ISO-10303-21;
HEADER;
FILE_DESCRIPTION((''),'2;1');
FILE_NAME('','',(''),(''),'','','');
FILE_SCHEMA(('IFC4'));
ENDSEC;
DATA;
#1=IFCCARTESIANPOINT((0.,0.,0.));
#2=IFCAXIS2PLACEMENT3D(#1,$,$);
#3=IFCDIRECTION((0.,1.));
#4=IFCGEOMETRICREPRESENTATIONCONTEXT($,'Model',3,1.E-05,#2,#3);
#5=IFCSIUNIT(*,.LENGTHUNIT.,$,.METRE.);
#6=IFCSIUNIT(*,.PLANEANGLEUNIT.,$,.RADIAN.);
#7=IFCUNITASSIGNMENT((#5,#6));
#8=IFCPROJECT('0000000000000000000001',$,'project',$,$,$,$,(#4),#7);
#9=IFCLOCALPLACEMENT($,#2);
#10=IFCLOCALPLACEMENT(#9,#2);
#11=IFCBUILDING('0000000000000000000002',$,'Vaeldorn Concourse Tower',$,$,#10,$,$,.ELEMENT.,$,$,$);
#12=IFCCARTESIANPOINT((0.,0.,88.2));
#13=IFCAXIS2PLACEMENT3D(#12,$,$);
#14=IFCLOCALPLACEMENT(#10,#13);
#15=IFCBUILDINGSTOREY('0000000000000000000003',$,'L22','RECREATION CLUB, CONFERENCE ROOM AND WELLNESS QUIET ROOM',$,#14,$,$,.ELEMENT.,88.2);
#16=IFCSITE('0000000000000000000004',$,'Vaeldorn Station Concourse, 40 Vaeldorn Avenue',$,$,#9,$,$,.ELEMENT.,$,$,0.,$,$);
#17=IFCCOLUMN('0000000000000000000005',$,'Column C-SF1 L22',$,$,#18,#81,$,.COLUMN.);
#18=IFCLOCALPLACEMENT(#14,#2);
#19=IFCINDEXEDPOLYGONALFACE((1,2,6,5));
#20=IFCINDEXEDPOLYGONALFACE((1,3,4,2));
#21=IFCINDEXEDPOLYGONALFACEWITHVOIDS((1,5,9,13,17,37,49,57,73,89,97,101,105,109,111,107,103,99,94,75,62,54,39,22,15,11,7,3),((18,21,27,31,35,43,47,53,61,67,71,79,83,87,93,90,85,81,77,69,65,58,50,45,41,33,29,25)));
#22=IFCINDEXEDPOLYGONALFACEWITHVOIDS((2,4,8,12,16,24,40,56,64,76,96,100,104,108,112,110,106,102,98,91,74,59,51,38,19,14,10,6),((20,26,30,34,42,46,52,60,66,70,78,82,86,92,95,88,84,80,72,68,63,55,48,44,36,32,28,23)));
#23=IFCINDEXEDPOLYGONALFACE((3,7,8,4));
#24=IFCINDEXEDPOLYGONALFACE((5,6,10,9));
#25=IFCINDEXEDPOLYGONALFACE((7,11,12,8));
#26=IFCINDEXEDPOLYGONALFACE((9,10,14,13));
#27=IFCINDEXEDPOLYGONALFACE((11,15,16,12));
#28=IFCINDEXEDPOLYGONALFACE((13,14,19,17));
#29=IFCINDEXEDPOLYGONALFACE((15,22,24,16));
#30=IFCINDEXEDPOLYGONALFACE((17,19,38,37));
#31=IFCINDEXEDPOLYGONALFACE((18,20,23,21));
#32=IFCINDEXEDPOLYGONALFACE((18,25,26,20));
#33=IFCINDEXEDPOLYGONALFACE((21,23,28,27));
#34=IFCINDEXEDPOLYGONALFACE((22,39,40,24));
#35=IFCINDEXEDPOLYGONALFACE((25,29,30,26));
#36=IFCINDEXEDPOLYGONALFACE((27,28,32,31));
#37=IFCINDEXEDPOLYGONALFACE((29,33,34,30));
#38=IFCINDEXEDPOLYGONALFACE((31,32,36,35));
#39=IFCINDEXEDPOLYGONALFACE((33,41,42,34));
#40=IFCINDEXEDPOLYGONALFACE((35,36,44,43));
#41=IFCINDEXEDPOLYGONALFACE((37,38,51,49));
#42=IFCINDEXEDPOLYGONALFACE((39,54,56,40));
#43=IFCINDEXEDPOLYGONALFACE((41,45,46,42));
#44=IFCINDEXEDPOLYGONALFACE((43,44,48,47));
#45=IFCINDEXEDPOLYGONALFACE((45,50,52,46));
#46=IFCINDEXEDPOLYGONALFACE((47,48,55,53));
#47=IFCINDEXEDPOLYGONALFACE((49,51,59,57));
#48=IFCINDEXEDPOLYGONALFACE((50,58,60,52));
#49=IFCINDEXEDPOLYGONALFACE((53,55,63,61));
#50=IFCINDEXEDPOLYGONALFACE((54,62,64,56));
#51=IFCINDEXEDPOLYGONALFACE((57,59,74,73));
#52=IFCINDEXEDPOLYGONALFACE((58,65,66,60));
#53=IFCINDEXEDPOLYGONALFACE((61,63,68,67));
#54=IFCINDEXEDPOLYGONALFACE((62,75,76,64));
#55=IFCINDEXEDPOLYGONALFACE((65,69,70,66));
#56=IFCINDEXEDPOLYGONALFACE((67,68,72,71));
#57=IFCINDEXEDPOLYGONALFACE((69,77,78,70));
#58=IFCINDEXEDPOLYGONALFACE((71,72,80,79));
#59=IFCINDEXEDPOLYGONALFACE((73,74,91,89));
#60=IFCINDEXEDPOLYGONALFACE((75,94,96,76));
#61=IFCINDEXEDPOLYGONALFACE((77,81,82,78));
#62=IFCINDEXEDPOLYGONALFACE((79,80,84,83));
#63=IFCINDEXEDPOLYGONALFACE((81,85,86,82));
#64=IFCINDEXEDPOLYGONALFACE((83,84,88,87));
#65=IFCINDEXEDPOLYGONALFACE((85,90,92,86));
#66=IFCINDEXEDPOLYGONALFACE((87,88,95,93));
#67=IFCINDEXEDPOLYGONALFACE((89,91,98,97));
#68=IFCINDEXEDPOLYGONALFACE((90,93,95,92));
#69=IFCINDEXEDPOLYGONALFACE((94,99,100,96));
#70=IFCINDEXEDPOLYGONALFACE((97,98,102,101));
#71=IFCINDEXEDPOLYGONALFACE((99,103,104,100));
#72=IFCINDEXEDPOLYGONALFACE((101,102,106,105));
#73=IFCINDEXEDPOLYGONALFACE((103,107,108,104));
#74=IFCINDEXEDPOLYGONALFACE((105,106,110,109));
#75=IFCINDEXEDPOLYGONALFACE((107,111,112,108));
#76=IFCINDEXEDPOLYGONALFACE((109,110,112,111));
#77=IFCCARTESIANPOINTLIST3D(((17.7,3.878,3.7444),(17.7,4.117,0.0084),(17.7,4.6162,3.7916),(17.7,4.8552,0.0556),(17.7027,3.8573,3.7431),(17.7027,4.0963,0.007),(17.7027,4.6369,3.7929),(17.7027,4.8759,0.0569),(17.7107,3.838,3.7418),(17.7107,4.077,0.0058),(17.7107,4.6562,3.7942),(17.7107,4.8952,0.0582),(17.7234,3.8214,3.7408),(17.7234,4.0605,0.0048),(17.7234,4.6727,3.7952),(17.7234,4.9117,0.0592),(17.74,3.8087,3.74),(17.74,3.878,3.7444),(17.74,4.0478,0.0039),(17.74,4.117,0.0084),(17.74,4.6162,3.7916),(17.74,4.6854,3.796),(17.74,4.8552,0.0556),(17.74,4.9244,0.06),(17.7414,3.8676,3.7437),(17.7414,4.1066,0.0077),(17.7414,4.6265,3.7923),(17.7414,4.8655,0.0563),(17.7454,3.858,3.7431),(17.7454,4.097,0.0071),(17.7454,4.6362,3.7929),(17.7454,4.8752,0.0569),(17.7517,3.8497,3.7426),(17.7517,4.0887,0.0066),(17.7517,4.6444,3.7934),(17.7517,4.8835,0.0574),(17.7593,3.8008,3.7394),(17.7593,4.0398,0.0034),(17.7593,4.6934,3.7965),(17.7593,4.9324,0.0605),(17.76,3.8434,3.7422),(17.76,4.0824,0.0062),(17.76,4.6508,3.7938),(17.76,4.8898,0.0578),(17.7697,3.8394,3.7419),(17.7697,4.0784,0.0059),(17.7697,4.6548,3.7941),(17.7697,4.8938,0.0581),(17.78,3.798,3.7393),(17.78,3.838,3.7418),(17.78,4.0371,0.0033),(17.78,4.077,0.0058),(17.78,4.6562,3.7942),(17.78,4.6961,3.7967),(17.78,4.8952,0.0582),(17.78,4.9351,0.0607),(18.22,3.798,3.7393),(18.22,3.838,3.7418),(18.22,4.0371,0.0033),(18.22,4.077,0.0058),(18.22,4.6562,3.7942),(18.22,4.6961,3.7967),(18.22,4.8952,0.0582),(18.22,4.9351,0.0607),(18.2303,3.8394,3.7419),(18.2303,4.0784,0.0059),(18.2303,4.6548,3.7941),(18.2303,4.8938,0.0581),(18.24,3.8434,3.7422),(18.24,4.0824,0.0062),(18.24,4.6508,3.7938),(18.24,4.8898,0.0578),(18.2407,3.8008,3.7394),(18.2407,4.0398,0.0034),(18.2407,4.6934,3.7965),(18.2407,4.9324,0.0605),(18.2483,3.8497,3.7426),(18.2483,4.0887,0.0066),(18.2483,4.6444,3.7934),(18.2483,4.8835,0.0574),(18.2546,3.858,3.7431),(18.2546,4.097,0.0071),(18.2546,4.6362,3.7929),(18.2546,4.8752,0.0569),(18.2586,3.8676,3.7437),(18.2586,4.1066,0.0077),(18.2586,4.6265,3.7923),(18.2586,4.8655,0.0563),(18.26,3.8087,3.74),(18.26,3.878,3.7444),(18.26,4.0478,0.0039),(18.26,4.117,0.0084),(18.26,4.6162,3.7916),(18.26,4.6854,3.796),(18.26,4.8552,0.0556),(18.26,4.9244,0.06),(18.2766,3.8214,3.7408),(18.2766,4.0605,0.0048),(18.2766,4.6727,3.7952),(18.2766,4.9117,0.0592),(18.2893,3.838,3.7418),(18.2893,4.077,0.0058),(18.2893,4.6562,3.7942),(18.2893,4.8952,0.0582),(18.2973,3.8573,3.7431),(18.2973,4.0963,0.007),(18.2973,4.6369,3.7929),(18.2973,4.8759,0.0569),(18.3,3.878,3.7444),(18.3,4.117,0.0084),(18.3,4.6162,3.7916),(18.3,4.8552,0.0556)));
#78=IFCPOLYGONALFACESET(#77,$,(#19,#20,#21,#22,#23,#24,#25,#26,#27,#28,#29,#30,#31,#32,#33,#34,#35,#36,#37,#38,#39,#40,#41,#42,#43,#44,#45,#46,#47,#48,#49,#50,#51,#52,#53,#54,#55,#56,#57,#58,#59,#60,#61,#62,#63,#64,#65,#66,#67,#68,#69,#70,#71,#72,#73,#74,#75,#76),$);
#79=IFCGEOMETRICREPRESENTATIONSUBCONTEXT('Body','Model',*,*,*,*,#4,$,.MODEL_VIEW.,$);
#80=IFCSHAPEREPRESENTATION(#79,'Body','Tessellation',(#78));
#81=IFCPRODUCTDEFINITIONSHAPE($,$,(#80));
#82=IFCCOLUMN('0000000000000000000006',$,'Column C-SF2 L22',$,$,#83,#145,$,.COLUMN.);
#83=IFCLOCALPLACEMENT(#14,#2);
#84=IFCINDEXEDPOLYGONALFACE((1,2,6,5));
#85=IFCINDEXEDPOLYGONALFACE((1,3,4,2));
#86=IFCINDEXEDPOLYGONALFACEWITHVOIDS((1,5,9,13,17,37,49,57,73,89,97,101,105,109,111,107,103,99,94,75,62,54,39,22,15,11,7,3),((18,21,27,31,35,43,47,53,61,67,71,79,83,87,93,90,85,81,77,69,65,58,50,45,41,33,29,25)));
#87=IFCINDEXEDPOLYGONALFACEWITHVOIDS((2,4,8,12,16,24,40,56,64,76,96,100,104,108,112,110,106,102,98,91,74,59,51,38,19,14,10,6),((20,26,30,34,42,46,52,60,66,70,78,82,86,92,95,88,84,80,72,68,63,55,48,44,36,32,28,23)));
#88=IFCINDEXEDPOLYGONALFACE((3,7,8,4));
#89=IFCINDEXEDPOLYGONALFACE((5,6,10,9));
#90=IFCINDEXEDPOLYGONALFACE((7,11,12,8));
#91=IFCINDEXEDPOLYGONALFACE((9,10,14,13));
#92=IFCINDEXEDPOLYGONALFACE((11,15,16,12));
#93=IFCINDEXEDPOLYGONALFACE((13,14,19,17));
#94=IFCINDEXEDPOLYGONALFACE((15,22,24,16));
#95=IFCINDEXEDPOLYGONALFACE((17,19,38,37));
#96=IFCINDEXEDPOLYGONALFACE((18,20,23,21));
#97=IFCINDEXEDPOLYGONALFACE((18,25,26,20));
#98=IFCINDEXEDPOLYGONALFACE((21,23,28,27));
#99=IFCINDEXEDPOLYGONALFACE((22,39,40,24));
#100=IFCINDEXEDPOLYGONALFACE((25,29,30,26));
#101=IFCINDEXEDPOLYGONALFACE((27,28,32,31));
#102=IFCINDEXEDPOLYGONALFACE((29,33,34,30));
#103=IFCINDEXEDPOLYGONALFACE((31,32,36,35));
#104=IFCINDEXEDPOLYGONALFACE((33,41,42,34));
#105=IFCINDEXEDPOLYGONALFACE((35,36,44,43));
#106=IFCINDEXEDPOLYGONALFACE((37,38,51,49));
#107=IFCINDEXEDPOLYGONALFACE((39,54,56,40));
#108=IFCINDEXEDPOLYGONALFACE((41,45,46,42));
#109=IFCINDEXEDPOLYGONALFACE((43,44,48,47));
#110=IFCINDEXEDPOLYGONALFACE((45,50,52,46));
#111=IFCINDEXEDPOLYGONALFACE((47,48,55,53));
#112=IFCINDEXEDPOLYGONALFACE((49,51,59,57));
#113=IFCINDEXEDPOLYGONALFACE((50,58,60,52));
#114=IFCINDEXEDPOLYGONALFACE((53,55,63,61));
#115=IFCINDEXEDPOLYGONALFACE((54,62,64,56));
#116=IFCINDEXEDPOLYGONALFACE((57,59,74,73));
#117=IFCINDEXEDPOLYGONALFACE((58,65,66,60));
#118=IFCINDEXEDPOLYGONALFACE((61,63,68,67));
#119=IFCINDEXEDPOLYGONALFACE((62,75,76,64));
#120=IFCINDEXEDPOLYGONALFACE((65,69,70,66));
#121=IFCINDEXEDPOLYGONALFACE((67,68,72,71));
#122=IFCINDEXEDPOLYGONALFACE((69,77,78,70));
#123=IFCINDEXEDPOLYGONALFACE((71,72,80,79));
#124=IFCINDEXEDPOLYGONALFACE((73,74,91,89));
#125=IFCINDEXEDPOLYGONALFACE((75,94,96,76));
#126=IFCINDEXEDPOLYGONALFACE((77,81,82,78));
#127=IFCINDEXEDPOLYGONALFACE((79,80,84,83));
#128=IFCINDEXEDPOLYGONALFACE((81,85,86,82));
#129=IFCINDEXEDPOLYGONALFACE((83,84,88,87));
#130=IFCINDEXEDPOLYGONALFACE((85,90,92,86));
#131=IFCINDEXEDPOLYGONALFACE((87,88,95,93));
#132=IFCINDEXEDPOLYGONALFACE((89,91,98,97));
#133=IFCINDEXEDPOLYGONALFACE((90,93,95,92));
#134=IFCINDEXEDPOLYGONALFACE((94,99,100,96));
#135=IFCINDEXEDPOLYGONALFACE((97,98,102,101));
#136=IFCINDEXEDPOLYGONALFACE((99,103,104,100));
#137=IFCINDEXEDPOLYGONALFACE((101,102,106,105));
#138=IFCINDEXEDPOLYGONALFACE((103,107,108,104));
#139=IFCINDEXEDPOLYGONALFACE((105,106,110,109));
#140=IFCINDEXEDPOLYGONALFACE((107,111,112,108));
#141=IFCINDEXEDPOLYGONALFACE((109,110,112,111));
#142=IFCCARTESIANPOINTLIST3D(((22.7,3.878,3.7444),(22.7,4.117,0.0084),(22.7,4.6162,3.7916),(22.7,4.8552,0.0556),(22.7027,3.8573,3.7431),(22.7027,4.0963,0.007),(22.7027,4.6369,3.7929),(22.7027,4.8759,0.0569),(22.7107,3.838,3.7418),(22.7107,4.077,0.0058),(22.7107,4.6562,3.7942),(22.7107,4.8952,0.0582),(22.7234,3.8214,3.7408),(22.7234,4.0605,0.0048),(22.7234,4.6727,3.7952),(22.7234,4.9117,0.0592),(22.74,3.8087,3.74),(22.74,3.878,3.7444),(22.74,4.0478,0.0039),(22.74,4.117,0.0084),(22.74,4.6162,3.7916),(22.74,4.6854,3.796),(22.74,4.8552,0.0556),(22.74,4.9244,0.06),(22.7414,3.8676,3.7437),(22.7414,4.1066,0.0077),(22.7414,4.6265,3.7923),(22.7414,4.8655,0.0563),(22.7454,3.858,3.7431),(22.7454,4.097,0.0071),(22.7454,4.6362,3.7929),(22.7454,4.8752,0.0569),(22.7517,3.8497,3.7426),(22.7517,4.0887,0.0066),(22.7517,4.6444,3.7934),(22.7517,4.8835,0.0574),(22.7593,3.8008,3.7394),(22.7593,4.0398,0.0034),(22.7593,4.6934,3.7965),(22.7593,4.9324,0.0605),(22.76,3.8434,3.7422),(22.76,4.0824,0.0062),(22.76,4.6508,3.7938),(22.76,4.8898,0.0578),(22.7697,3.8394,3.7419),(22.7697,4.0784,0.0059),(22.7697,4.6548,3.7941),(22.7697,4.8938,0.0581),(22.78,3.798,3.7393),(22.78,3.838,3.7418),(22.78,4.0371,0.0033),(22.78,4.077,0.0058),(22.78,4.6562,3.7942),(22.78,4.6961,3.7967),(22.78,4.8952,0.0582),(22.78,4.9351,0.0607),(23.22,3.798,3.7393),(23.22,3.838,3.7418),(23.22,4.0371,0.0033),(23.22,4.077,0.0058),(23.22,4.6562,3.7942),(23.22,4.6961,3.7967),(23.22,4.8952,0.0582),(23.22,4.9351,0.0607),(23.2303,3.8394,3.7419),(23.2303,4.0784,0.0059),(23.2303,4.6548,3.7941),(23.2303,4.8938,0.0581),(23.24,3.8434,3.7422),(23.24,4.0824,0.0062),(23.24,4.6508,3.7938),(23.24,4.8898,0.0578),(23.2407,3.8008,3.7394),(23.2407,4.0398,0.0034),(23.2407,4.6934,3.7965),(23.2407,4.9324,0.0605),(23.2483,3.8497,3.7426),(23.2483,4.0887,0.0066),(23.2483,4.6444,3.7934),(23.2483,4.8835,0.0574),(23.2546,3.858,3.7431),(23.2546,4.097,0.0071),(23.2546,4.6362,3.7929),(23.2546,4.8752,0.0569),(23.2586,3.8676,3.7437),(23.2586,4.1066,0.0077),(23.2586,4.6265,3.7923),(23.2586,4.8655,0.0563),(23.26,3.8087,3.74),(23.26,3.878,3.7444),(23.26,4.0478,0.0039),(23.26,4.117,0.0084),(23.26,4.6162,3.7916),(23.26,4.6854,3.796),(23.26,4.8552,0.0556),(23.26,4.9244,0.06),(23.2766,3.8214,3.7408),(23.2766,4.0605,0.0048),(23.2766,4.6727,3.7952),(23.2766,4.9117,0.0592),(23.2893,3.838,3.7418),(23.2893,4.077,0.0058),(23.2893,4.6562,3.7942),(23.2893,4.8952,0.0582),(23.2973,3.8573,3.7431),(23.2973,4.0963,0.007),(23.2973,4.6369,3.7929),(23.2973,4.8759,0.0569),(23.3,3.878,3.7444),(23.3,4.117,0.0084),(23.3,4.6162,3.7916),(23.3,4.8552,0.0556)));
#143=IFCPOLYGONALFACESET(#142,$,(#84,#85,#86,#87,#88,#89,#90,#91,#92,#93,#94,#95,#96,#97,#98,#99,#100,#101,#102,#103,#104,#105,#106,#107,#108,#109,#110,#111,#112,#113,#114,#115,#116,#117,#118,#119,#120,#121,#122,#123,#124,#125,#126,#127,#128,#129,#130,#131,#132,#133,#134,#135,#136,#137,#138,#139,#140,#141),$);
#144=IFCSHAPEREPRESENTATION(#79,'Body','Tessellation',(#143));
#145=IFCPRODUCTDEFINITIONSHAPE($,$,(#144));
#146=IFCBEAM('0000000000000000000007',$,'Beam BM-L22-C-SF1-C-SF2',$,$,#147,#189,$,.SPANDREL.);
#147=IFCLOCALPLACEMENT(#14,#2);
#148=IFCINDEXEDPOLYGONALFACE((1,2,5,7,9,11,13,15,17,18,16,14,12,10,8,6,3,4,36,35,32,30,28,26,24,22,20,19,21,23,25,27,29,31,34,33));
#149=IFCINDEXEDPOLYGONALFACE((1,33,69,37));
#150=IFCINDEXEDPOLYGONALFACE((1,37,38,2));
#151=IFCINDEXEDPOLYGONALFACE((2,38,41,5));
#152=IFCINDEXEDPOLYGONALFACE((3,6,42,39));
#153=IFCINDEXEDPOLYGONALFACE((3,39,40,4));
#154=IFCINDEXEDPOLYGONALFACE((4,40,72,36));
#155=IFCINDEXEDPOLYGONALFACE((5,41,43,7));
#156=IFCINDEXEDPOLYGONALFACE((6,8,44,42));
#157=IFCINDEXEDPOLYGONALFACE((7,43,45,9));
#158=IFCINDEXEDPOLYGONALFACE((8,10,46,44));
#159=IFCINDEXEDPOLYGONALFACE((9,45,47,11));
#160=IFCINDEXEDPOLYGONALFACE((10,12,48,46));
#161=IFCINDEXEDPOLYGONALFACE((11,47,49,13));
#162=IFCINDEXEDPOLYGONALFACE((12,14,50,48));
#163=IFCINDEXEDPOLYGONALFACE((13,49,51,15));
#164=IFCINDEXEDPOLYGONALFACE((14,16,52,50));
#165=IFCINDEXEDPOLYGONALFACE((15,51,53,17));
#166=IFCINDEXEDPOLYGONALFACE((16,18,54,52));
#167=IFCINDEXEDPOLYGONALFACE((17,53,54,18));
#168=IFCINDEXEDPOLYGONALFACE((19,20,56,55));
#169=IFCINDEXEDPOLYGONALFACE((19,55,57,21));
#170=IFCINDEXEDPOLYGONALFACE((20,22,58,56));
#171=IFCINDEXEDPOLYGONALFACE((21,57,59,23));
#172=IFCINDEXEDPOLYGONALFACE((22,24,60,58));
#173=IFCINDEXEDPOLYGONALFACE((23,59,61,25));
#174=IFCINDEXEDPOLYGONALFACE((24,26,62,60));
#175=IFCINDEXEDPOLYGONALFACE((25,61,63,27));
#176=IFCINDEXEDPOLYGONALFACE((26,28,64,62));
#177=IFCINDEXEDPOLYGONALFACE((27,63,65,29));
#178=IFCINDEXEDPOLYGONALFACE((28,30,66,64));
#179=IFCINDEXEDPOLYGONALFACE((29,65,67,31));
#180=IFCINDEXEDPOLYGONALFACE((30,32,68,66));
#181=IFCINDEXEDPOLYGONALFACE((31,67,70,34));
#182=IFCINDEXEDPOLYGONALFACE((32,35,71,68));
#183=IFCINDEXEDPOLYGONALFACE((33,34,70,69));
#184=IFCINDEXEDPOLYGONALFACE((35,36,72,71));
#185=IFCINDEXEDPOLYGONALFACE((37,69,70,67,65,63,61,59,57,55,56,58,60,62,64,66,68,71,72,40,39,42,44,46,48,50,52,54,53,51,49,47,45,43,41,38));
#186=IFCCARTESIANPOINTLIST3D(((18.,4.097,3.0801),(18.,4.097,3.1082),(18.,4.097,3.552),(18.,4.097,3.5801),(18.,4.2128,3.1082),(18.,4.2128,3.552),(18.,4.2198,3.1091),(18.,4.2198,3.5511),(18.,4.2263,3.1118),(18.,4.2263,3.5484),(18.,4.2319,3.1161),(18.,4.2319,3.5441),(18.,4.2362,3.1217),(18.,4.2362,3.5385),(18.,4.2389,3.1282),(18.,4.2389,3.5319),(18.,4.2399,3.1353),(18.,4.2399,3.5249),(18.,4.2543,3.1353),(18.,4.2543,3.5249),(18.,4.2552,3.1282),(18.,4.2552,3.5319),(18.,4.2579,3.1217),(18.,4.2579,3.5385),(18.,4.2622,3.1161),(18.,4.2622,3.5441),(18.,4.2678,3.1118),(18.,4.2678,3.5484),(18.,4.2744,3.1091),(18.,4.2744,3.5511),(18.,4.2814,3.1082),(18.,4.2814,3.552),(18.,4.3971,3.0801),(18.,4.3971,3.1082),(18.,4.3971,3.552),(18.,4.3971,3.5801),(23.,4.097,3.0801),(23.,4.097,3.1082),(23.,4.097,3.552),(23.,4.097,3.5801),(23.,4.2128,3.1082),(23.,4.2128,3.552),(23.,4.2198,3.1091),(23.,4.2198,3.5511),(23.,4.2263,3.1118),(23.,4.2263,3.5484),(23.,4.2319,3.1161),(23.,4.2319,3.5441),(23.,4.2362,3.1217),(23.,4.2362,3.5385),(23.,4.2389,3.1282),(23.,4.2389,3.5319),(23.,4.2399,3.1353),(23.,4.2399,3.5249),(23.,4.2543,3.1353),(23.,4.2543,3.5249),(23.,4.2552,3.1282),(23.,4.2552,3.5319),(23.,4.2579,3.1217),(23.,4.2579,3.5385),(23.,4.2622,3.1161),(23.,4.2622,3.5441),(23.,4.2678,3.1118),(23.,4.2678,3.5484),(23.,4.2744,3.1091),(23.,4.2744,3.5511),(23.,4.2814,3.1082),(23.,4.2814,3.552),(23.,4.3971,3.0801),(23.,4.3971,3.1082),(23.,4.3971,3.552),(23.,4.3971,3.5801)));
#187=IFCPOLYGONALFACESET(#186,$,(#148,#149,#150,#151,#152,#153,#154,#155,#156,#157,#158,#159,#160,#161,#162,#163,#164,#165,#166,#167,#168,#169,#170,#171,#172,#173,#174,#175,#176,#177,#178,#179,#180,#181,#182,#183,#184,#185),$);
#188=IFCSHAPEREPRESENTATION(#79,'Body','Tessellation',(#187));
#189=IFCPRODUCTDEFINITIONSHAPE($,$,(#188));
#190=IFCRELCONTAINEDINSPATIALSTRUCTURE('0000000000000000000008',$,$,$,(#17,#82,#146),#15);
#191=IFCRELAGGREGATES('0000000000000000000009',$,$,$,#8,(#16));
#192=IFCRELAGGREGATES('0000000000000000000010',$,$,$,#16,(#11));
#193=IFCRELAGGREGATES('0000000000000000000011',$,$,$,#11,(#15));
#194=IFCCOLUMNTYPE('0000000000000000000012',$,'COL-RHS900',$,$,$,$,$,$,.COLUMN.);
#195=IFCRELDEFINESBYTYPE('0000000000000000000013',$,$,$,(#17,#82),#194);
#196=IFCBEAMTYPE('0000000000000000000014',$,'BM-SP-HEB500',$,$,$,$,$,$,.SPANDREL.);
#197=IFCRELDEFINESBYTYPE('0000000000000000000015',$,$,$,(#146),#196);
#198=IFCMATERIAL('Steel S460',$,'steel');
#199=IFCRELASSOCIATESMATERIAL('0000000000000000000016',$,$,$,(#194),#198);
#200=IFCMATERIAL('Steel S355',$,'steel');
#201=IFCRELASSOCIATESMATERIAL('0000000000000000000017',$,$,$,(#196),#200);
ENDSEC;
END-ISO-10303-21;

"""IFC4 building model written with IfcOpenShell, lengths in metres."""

from ifc_helpers import new_model, si_unit, direction, frame, origin, origin_2d, place, context, subcontext, project, spatial, hollow_rectangle, i_section, extrude, source, transform, mapped, material, material_profile, profile_set, type_object, element, save


model = new_model("IFC4")

# Units and contexts
model_context = context("Model", 3, precision=1e-05, world=origin(), true_north=direction((0.0, 1.0)))
body_context = subcontext(model_context, "Body", "Model", "MODEL_VIEW")
ifc_project = project(units=[si_unit("LENGTHUNIT", "METRE"), si_unit("PLANEANGLEUNIT", "RADIAN")], contexts=[model_context])

# Site, building, storey
site_placement = place(None, origin())
site = spatial("IfcSite", under=ifc_project, at=site_placement, Name="Vaeldorn Station Concourse, 40 Vaeldorn Avenue", CompositionType="ELEMENT", RefElevation=0.0)
building_placement = place(site_placement, origin())
building = spatial("IfcBuilding", under=site, at=building_placement, Name="Vaeldorn Concourse Tower", CompositionType="ELEMENT")
storey_placement = place(building_placement, frame((0.0, 0.0, 88.2)))
storey = spatial("IfcBuildingStorey", under=building, at=storey_placement, Name="L22", Description="RECREATION CLUB, CONFERENCE ROOM AND WELLNESS QUIET ROOM", CompositionType="ELEMENT", Elevation=88.2)

# Columns
ifc_material_1 = material(Name="Steel S460", Category="steel")
ifc_material_profile_1 = material_profile(ifc_material_1, hollow_rectangle(XDim=0.6001, YDim=0.8999, WallThickness=0.04, InnerFilletRadius=0.04, OuterFilletRadius=0.0801, at=origin_2d()), Name="RHS 900x600x40")
ifc_profile_set_1 = profile_set([ifc_material_profile_1], Name="Steel S460")
column_type = type_object("IfcColumnType", Name="COL-RHS900", PredefinedType="COLUMN", material=ifc_profile_set_1)
shared_shape_1 = source(origin(), body_context, "Body", "SweptSolid", [
    extrude(hollow_rectangle(XDim=0.6001, YDim=0.8999, WallThickness=0.04, InnerFilletRadius=0.04, OuterFilletRadius=0.0801, at=origin_2d()), origin(), (0.0, 0.0, 1.0), 3.7437),
])
for number, where, z_axis, x_axis, name in (
    (1, (18.0, 4.4861, 0.032), (0.0, -0.063844, 0.99796), (1.0, 0.0, 0.0), "Column C-SF1 L22"),
    (2, (23.0, 4.4861, 0.032), (0.0, -0.063844, 0.99796), (1.0, 0.0, 0.0), "Column C-SF2 L22"),
):
    element("IfcColumn", number, at=place(storey_placement, frame(where, z_axis=z_axis, x_axis=x_axis)), inside=storey, type_object=column_type, Name=name, PredefinedType="COLUMN", context=body_context, shape_type="MappedRepresentation", body=[
        mapped(shared_shape_1, transform((0.0, 0.0, 0.0), scale=1.0)),
    ])

# Beam
ifc_material_2 = material(Name="Steel S355", Category="steel")
ifc_material_profile_2 = material_profile(ifc_material_2, i_section(OverallWidth=0.3, OverallDepth=0.5, WebThickness=0.0144, FlangeThickness=0.0281, FilletRadius=0.0271, at=origin_2d()), Name="HEB 500")
ifc_profile_set_2 = profile_set([ifc_material_profile_2], Name="Steel S355")
beam_type_1 = type_object("IfcBeamType", Name="BM-SP-HEB500", PredefinedType="SPANDREL", material=ifc_profile_set_2)
shared_shape_2 = source(origin(), body_context, "Body", "SweptSolid", [
    extrude(i_section(OverallWidth=0.3, OverallDepth=0.5, WebThickness=0.0144, FlangeThickness=0.0281, FilletRadius=0.0271, at=origin_2d()), origin(), (0.0, 0.0, 1.0), 5.0),
])
beam_1_placement = place(storey_placement, frame((18.0, 4.2471, 3.3301), z_axis=(1.0, 0.0, 0.0), x_axis=(0.0, 1.0, 0.0)))
element("IfcBeam", 3, at=beam_1_placement, inside=storey, type_object=beam_type_1, Name="Beam BM-L22-C-SF1-C-SF2", PredefinedType="SPANDREL", context=body_context, shape_type="MappedRepresentation", body=[
    mapped(shared_shape_2, transform((0.0, 0.0, 0.0), scale=1.0)),
])

save(model, "model.ifc")
